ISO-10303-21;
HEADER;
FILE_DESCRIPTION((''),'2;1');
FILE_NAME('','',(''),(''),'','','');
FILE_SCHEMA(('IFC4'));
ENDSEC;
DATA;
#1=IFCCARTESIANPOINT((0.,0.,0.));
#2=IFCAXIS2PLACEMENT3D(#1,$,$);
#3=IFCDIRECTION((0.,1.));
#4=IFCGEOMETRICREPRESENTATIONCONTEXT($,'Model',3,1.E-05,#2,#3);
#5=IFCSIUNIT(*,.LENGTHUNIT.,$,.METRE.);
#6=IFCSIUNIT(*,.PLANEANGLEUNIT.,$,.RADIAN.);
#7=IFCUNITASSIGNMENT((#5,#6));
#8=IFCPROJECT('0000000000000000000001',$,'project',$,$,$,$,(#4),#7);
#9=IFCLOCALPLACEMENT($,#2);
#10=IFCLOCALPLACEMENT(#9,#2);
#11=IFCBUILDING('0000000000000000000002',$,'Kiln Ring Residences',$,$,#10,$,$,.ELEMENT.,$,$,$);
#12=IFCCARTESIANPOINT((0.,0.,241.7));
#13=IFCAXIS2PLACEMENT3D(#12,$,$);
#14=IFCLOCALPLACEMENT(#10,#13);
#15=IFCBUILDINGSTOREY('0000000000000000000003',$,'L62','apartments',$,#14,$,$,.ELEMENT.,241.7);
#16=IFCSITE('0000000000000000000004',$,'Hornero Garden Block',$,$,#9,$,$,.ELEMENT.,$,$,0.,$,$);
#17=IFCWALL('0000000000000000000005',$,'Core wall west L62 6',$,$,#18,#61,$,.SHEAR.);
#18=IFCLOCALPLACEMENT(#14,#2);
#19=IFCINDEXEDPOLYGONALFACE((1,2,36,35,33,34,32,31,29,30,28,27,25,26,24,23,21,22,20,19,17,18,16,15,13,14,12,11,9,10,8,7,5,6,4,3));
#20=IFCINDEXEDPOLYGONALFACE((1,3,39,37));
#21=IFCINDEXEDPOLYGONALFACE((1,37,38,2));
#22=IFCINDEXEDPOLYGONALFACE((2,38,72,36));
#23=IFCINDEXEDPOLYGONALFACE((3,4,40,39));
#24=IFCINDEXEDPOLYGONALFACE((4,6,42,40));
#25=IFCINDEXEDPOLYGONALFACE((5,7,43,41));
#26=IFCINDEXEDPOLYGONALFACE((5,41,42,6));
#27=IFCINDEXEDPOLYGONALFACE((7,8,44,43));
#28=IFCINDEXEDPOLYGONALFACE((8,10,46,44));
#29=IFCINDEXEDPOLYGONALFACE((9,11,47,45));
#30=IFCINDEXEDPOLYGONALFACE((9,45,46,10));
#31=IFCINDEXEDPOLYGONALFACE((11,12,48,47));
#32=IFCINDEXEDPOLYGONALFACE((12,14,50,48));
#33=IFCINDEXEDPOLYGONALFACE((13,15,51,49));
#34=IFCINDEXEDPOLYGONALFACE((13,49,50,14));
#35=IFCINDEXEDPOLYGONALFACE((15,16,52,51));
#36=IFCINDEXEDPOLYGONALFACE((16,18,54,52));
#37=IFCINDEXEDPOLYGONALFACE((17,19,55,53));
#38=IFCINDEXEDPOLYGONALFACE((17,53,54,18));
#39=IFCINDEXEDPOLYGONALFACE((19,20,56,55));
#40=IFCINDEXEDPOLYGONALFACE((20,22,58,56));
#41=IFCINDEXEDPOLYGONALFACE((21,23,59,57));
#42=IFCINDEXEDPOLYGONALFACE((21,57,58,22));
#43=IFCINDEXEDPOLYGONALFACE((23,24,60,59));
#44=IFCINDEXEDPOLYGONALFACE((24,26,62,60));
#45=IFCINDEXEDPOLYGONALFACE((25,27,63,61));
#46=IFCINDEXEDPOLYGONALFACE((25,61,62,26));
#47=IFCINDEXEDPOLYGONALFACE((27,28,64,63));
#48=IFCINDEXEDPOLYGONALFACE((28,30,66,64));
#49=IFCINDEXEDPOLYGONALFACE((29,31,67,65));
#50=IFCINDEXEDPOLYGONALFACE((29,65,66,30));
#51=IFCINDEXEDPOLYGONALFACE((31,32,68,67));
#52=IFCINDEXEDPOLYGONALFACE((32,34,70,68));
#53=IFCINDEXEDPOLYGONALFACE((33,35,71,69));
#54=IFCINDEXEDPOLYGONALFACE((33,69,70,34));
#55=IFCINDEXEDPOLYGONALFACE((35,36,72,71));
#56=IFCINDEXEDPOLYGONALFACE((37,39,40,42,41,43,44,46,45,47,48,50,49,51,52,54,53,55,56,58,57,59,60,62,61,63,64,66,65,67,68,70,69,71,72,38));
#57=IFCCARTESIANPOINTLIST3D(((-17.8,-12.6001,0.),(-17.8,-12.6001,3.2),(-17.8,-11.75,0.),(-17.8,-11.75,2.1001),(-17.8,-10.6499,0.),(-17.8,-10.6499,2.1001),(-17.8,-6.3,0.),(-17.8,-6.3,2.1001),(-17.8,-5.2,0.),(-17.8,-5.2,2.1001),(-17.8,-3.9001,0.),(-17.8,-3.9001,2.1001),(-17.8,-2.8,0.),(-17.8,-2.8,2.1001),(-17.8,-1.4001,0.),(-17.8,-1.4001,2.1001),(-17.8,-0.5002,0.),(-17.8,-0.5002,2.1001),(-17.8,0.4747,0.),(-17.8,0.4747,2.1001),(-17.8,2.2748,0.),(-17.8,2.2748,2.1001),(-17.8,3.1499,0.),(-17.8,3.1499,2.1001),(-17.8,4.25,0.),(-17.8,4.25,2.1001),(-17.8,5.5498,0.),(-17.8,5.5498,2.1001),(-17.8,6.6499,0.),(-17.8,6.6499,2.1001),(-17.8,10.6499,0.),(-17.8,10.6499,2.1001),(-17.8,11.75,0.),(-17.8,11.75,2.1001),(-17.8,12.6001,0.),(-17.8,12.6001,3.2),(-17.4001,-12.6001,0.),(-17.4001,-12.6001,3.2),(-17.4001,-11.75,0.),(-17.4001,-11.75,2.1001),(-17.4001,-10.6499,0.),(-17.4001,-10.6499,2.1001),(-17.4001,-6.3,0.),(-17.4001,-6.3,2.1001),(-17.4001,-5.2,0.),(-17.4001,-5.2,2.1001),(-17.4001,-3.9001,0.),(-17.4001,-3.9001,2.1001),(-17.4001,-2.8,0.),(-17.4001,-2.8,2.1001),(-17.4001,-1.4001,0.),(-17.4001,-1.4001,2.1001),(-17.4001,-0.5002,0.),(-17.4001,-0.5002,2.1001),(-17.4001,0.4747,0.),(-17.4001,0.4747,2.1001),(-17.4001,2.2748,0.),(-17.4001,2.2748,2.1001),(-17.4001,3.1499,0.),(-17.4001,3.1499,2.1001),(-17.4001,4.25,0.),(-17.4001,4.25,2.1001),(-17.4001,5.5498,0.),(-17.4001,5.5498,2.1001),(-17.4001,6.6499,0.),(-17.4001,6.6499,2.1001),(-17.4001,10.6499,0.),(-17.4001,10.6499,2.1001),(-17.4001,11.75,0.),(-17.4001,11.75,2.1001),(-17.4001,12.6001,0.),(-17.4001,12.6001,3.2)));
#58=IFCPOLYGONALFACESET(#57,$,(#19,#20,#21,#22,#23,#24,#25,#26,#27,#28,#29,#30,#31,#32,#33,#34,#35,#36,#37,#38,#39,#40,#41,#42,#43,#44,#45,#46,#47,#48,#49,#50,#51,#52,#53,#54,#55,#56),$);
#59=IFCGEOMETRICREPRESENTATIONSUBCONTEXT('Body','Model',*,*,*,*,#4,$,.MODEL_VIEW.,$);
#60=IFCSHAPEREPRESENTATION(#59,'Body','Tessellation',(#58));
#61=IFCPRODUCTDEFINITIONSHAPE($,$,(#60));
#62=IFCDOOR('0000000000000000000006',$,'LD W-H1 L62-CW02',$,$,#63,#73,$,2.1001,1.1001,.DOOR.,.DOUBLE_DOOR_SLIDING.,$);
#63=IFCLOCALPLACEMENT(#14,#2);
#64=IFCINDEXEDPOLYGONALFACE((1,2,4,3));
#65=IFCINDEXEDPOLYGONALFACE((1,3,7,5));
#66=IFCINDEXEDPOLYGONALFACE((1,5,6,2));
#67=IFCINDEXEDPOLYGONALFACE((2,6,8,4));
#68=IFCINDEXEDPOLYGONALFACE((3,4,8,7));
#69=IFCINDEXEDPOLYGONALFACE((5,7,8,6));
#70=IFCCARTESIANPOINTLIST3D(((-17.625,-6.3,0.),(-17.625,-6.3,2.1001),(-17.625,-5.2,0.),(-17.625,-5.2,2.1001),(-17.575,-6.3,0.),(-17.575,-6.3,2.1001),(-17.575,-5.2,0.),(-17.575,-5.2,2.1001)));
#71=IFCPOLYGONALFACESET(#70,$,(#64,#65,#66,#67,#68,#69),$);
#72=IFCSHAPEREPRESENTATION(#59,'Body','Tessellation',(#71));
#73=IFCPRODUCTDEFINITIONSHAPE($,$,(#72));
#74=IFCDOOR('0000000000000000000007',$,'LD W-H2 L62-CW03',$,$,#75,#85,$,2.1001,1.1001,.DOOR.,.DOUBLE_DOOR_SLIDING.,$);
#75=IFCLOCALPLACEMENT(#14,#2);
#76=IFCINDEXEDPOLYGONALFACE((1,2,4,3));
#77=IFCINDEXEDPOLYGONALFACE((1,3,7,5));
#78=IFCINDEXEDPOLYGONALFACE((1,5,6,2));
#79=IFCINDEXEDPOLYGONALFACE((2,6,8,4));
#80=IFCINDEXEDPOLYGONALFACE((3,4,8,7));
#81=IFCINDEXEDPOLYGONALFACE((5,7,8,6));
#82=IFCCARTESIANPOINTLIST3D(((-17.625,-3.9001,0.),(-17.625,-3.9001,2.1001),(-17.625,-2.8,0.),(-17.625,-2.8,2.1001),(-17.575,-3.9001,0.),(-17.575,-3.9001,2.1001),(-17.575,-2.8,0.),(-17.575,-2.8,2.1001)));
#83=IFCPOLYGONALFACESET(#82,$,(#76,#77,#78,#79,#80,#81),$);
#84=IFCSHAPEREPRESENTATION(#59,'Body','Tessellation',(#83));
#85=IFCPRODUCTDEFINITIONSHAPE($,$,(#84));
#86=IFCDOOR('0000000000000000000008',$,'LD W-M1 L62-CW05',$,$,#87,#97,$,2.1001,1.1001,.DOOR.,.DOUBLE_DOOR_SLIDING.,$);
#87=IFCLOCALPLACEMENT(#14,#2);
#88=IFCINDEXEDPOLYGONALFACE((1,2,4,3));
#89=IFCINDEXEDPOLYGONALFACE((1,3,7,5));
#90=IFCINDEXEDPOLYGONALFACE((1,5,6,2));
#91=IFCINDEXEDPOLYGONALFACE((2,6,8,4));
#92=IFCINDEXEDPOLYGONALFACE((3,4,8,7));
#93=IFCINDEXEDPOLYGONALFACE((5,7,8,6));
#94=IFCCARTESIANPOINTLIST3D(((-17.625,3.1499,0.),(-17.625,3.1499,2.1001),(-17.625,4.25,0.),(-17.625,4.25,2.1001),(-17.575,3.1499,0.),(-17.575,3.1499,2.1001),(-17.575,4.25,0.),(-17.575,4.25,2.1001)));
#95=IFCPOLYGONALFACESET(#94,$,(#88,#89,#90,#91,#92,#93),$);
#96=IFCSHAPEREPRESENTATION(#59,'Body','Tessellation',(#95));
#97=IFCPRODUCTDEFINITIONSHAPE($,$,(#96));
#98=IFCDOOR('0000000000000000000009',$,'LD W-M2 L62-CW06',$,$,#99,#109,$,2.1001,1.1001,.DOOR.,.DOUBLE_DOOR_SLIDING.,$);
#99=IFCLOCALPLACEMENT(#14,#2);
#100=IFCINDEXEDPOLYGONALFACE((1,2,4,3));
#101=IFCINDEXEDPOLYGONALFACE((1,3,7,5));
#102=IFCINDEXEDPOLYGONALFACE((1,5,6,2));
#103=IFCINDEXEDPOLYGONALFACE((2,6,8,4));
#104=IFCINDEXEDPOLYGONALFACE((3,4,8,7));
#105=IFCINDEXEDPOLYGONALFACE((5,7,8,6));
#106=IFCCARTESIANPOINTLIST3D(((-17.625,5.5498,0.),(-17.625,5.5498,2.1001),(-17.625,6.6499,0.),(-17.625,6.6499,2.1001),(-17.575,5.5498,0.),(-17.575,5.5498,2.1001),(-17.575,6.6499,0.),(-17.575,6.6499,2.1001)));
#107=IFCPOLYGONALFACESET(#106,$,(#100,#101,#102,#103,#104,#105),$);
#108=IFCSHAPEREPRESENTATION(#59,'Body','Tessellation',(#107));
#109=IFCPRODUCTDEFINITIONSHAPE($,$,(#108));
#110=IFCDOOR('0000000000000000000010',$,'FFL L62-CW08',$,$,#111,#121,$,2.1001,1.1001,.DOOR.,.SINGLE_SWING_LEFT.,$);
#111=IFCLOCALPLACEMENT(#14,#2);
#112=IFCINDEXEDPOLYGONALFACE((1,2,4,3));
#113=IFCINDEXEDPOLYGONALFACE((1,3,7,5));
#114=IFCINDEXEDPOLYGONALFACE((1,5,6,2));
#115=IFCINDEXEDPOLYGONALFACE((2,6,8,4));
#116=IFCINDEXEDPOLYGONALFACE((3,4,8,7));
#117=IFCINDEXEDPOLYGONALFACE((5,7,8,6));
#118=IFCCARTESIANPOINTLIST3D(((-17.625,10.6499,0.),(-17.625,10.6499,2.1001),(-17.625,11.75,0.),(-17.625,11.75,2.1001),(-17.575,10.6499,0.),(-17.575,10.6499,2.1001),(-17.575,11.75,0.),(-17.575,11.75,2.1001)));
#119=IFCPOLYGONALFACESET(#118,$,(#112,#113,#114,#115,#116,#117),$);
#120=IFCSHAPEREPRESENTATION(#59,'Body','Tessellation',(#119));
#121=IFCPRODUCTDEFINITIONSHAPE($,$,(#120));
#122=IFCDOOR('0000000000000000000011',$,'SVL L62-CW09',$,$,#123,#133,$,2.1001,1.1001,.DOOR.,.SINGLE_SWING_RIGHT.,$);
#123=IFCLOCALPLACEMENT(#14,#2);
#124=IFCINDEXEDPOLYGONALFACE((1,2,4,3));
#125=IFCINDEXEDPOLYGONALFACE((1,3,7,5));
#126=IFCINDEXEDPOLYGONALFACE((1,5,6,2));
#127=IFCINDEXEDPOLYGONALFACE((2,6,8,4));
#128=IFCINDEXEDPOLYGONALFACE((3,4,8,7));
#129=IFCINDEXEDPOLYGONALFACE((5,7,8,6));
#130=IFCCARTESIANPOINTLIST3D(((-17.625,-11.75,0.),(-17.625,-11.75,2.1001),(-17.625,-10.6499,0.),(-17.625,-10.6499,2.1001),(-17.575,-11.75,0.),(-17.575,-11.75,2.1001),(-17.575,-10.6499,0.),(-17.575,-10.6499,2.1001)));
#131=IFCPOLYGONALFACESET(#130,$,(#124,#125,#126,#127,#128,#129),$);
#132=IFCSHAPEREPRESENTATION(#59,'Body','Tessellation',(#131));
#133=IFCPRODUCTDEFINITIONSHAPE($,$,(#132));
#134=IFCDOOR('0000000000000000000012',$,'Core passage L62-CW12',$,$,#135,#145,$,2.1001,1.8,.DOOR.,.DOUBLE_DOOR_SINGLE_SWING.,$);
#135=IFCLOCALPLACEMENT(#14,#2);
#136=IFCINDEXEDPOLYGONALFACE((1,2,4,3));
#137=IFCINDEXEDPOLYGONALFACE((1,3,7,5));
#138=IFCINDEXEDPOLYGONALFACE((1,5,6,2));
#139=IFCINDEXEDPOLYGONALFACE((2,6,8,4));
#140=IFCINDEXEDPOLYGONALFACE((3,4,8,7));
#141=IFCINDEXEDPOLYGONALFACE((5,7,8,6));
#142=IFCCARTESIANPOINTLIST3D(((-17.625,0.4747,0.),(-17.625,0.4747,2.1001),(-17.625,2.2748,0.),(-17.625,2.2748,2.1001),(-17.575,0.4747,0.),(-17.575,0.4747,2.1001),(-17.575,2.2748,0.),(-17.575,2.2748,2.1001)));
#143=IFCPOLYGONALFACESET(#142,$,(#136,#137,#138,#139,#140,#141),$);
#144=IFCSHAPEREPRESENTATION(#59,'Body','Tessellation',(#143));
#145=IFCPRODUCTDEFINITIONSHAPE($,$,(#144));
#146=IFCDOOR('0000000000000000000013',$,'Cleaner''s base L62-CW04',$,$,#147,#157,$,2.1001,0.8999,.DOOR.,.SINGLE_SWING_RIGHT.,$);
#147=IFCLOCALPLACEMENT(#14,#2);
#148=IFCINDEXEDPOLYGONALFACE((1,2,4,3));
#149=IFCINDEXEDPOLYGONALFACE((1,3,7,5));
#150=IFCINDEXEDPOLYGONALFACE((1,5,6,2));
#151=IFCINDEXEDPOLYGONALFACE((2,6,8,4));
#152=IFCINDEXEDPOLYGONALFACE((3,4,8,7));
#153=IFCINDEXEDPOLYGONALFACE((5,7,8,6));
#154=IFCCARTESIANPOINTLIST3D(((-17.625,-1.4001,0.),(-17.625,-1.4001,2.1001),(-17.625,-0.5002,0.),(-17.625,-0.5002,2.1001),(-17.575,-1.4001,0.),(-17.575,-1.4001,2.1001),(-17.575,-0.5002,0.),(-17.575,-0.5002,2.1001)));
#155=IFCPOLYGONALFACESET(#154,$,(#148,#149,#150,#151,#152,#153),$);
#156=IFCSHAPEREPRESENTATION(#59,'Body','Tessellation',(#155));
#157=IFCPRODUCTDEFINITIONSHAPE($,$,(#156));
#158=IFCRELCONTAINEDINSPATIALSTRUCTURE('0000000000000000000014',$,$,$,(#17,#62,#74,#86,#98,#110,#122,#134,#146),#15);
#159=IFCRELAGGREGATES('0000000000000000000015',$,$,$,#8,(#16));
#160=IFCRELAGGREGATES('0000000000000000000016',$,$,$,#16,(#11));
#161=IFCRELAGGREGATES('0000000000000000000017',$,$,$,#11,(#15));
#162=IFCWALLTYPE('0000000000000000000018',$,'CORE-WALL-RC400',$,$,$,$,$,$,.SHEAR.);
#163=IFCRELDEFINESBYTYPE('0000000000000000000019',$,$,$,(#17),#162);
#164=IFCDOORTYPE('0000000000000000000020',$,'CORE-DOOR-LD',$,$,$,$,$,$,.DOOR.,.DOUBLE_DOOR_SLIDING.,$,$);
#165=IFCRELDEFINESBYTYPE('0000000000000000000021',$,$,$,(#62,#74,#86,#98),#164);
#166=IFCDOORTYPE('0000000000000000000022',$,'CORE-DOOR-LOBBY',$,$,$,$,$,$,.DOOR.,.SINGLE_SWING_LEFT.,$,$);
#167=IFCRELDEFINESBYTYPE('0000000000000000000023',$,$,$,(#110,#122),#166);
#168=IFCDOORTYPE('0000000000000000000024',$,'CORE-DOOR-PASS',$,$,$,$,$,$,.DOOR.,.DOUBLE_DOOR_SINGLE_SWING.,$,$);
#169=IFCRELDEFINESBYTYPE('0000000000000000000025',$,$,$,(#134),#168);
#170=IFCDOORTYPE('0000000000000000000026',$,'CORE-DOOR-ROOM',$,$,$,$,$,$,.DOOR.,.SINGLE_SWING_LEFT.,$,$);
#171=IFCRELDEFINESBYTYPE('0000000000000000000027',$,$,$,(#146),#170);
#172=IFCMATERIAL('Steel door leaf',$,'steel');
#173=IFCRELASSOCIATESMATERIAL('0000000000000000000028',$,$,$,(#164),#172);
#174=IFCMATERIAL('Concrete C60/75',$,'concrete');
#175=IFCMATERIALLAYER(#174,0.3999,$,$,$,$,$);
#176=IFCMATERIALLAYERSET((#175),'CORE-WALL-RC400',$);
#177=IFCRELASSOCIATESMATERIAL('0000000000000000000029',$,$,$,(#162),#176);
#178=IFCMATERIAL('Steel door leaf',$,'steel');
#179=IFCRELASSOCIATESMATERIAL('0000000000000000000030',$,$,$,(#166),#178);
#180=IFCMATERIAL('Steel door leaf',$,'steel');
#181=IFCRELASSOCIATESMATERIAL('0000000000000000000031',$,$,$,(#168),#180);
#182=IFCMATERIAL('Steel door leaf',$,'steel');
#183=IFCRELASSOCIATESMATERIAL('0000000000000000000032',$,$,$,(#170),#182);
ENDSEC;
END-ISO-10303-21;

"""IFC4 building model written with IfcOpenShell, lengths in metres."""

from ifc_helpers import new_model, si_unit, direction, frame, frame_2d, origin, place, context, subcontext, project, spatial, rectangle, extrude, material, layer, layer_set, type_object, element, fill, save


model = new_model("IFC4")

# Units and contexts
model_context = context("Model", 3, precision=1e-05, world=origin(), true_north=direction((0.0, 1.0)))
body_context = subcontext(model_context, "Body", "Model", "MODEL_VIEW")
ifc_project = project(units=[si_unit("LENGTHUNIT", "METRE"), si_unit("PLANEANGLEUNIT", "RADIAN")], contexts=[model_context])

# Site, building, storey
site_placement = place(None, origin())
site = spatial("IfcSite", under=ifc_project, at=site_placement, Name="Hornero Garden Block", CompositionType="ELEMENT", RefElevation=0.0)
building_placement = place(site_placement, origin())
building = spatial("IfcBuilding", under=site, at=building_placement, Name="Kiln Ring Residences", CompositionType="ELEMENT")
storey_placement = place(building_placement, frame((0.0, 0.0, 241.7)))
storey = spatial("IfcBuildingStorey", under=building, at=storey_placement, Name="L62", Description="apartments", CompositionType="ELEMENT", Elevation=241.7)

# Shared definitions
ifc_material_1 = material(Name="Steel door leaf", Category="steel")
door_type_1 = type_object("IfcDoorType", Name="CORE-DOOR-LD", OperationType="DOUBLE_DOOR_SLIDING", PredefinedType="DOOR", material=ifc_material_1)

# Wall, openings, doors
ifc_material_2 = material(Name="Concrete C60/75", Category="concrete")
ifc_layer_1 = layer(ifc_material_2, 0.3999)
ifc_layer_set_1 = layer_set([ifc_layer_1], Name="CORE-WALL-RC400")
wall_type_1 = type_object("IfcWallType", Name="CORE-WALL-RC400", PredefinedType="SHEAR", material=ifc_layer_set_1)
wall_1_placement = place(storey_placement, frame((-17.6001, -12.6001, 0.0), z_axis=(0.0, 0.0, 1.0), x_axis=(0.0, 1.0, 0.0)))
wall_1 = element("IfcWall", 1, at=wall_1_placement, inside=storey, type_object=wall_type_1, Name="Core wall west L62 6", PredefinedType="SHEAR", context=body_context, shape_type="SweptSolid", body=[
    extrude(rectangle(XDim=25.2002, YDim=0.3999, at=frame_2d((12.6001, 0.0))), origin(), (0.0, 0.0, 1.0), 3.2),
])
opening_1_placement = place(wall_1_placement, frame((6.3, 0.0, 0.0)))
opening_1 = element("IfcOpeningElement", 2, at=opening_1_placement, cuts=wall_1, PredefinedType="OPENING", context=body_context, shape_type="SweptSolid", body=[
    extrude(rectangle(XDim=1.1001, YDim=2.1001, at=frame_2d((0.55, 1.05))), frame((0.0, 0.21, 0.0), z_axis=(0.0, -1.0, 0.0), x_axis=(1.0, 0.0, 0.0)), (0.0, 0.0, 1.0), 0.4199),
])
opening_2_placement = place(wall_1_placement, frame((8.7, 0.0, 0.0)))
opening_2 = element("IfcOpeningElement", 3, at=opening_2_placement, cuts=wall_1, PredefinedType="OPENING", context=body_context, shape_type="SweptSolid", body=[
    extrude(rectangle(XDim=1.1001, YDim=2.1001, at=frame_2d((0.55, 1.05))), frame((0.0, 0.21, 0.0), z_axis=(0.0, -1.0, 0.0), x_axis=(1.0, 0.0, 0.0)), (0.0, 0.0, 1.0), 0.4199),
])
opening_3_placement = place(wall_1_placement, frame((11.2, 0.0, 0.0)))
opening_3 = element("IfcOpeningElement", 4, at=opening_3_placement, cuts=wall_1, PredefinedType="OPENING", context=body_context, shape_type="SweptSolid", body=[
    extrude(rectangle(XDim=0.8999, YDim=2.1001, at=frame_2d((0.45, 1.05))), frame((0.0, 0.21, 0.0), z_axis=(0.0, -1.0, 0.0), x_axis=(1.0, 0.0, 0.0)), (0.0, 0.0, 1.0), 0.4199),
])
opening_4_placement = place(wall_1_placement, frame((15.75, 0.0, 0.0)))
opening_4 = element("IfcOpeningElement", 5, at=opening_4_placement, cuts=wall_1, PredefinedType="OPENING", context=body_context, shape_type="SweptSolid", body=[
    extrude(rectangle(XDim=1.1001, YDim=2.1001, at=frame_2d((0.55, 1.05))), frame((0.0, 0.21, 0.0), z_axis=(0.0, -1.0, 0.0), x_axis=(1.0, 0.0, 0.0)), (0.0, 0.0, 1.0), 0.4199),
])
opening_5_placement = place(wall_1_placement, frame((18.1499, 0.0, 0.0)))
opening_5 = element("IfcOpeningElement", 6, at=opening_5_placement, cuts=wall_1, PredefinedType="OPENING", context=body_context, shape_type="SweptSolid", body=[
    extrude(rectangle(XDim=1.1001, YDim=2.1001, at=frame_2d((0.55, 1.05))), frame((0.0, 0.21, 0.0), z_axis=(0.0, -1.0, 0.0), x_axis=(1.0, 0.0, 0.0)), (0.0, 0.0, 1.0), 0.4199),
])
opening_6_placement = place(wall_1_placement, frame((23.25, 0.0, 0.0)))
opening_6 = element("IfcOpeningElement", 7, at=opening_6_placement, cuts=wall_1, PredefinedType="OPENING", context=body_context, shape_type="SweptSolid", body=[
    extrude(rectangle(XDim=1.1001, YDim=2.1001, at=frame_2d((0.55, 1.05))), frame((0.0, 0.21, 0.0), z_axis=(0.0, -1.0, 0.0), x_axis=(1.0, 0.0, 0.0)), (0.0, 0.0, 1.0), 0.4199),
])
opening_7_placement = place(wall_1_placement, frame((0.8501, 0.0, 0.0)))
opening_7 = element("IfcOpeningElement", 8, at=opening_7_placement, cuts=wall_1, PredefinedType="OPENING", context=body_context, shape_type="SweptSolid", body=[
    extrude(rectangle(XDim=1.1001, YDim=2.1001, at=frame_2d((0.55, 1.05))), frame((0.0, 0.21, 0.0), z_axis=(0.0, -1.0, 0.0), x_axis=(1.0, 0.0, 0.0)), (0.0, 0.0, 1.0), 0.4199),
])
opening_8_placement = place(wall_1_placement, frame((13.075, 0.0, 0.0)))
opening_8 = element("IfcOpeningElement", 9, at=opening_8_placement, cuts=wall_1, PredefinedType="OPENING", context=body_context, shape_type="SweptSolid", body=[
    extrude(rectangle(XDim=1.8, YDim=2.1001, at=frame_2d((0.8999, 1.05))), frame((0.0, 0.21, 0.0), z_axis=(0.0, -1.0, 0.0), x_axis=(1.0, 0.0, 0.0)), (0.0, 0.0, 1.0), 0.4199),
])
door_1_placement = place(opening_1_placement, origin())
door_1 = element("IfcDoor", 10, at=door_1_placement, inside=storey, type_object=door_type_1, Name="LD W-H1 L62-CW02", OperationType="DOUBLE_DOOR_SLIDING", OverallHeight=2.1001, OverallWidth=1.1001, PredefinedType="DOOR", context=body_context, shape_type="SweptSolid", body=[
    extrude(rectangle(XDim=1.1001, YDim=2.1001, at=frame_2d((0.55, 1.05))), frame((0.0, 0.0249, 0.0), z_axis=(0.0, -1.0, 0.0), x_axis=(1.0, 0.0, 0.0)), (0.0, 0.0, 1.0), 0.05),
])
fill(opening_1, door_1)
door_2_placement = place(opening_2_placement, origin())
door_2 = element("IfcDoor", 11, at=door_2_placement, inside=storey, type_object=door_type_1, Name="LD W-H2 L62-CW03", OperationType="DOUBLE_DOOR_SLIDING", OverallHeight=2.1001, OverallWidth=1.1001, PredefinedType="DOOR", context=body_context, shape_type="SweptSolid", body=[
    extrude(rectangle(XDim=1.1001, YDim=2.1001, at=frame_2d((0.55, 1.05))), frame((0.0, 0.0249, 0.0), z_axis=(0.0, -1.0, 0.0), x_axis=(1.0, 0.0, 0.0)), (0.0, 0.0, 1.0), 0.05),
])
fill(opening_2, door_2)
door_3_placement = place(opening_4_placement, origin())
door_3 = element("IfcDoor", 12, at=door_3_placement, inside=storey, type_object=door_type_1, Name="LD W-M1 L62-CW05", OperationType="DOUBLE_DOOR_SLIDING", OverallHeight=2.1001, OverallWidth=1.1001, PredefinedType="DOOR", context=body_context, shape_type="SweptSolid", body=[
    extrude(rectangle(XDim=1.1001, YDim=2.1001, at=frame_2d((0.55, 1.05))), frame((0.0, 0.0249, 0.0), z_axis=(0.0, -1.0, 0.0), x_axis=(1.0, 0.0, 0.0)), (0.0, 0.0, 1.0), 0.05),
])
fill(opening_4, door_3)
door_4_placement = place(opening_5_placement, origin())
door_4 = element("IfcDoor", 13, at=door_4_placement, inside=storey, type_object=door_type_1, Name="LD W-M2 L62-CW06", OperationType="DOUBLE_DOOR_SLIDING", OverallHeight=2.1001, OverallWidth=1.1001, PredefinedType="DOOR", context=body_context, shape_type="SweptSolid", body=[
    extrude(rectangle(XDim=1.1001, YDim=2.1001, at=frame_2d((0.55, 1.05))), frame((0.0, 0.0249, 0.0), z_axis=(0.0, -1.0, 0.0), x_axis=(1.0, 0.0, 0.0)), (0.0, 0.0, 1.0), 0.05),
])
fill(opening_5, door_4)
ifc_material_3 = material(Name="Steel door leaf", Category="steel")
door_type_2 = type_object("IfcDoorType", Name="CORE-DOOR-LOBBY", OperationType="SINGLE_SWING_LEFT", PredefinedType="DOOR", material=ifc_material_3)
door_5_placement = place(opening_6_placement, origin())
door_5 = element("IfcDoor", 14, at=door_5_placement, inside=storey, type_object=door_type_2, Name="FFL L62-CW08", OperationType="SINGLE_SWING_LEFT", OverallHeight=2.1001, OverallWidth=1.1001, PredefinedType="DOOR", context=body_context, shape_type="SweptSolid", body=[
    extrude(rectangle(XDim=1.1001, YDim=2.1001, at=frame_2d((0.55, 1.05))), frame((0.0, 0.0249, 0.0), z_axis=(0.0, -1.0, 0.0), x_axis=(1.0, 0.0, 0.0)), (0.0, 0.0, 1.0), 0.05),
])
fill(opening_6, door_5)
door_6_placement = place(opening_7_placement, origin())
door_6 = element("IfcDoor", 15, at=door_6_placement, inside=storey, type_object=door_type_2, Name="SVL L62-CW09", OperationType="SINGLE_SWING_RIGHT", OverallHeight=2.1001, OverallWidth=1.1001, PredefinedType="DOOR", context=body_context, shape_type="SweptSolid", body=[
    extrude(rectangle(XDim=1.1001, YDim=2.1001, at=frame_2d((0.55, 1.05))), frame((0.0, 0.0249, 0.0), z_axis=(0.0, -1.0, 0.0), x_axis=(1.0, 0.0, 0.0)), (0.0, 0.0, 1.0), 0.05),
])
fill(opening_7, door_6)
ifc_material_4 = material(Name="Steel door leaf", Category="steel")
door_type_3 = type_object("IfcDoorType", Name="CORE-DOOR-PASS", OperationType="DOUBLE_DOOR_SINGLE_SWING", PredefinedType="DOOR", material=ifc_material_4)
door_7_placement = place(opening_8_placement, origin())
door_7 = element("IfcDoor", 16, at=door_7_placement, inside=storey, type_object=door_type_3, Name="Core passage L62-CW12", OperationType="DOUBLE_DOOR_SINGLE_SWING", OverallHeight=2.1001, OverallWidth=1.8, PredefinedType="DOOR", context=body_context, shape_type="SweptSolid", body=[
    extrude(rectangle(XDim=1.8, YDim=2.1001, at=frame_2d((0.8999, 1.05))), frame((0.0, 0.0249, 0.0), z_axis=(0.0, -1.0, 0.0), x_axis=(1.0, 0.0, 0.0)), (0.0, 0.0, 1.0), 0.05),
])
fill(opening_8, door_7)
ifc_material_5 = material(Name="Steel door leaf", Category="steel")
door_type_4 = type_object("IfcDoorType", Name="CORE-DOOR-ROOM", OperationType="SINGLE_SWING_LEFT", PredefinedType="DOOR", material=ifc_material_5)
door_8_placement = place(opening_3_placement, origin())
door_8 = element("IfcDoor", 17, at=door_8_placement, inside=storey, type_object=door_type_4, Name="Cleaner's base L62-CW04", OperationType="SINGLE_SWING_RIGHT", OverallHeight=2.1001, OverallWidth=0.8999, PredefinedType="DOOR", context=body_context, shape_type="SweptSolid", body=[
    extrude(rectangle(XDim=0.8999, YDim=2.1001, at=frame_2d((0.45, 1.05))), frame((0.0, 0.0249, 0.0), z_axis=(0.0, -1.0, 0.0), x_axis=(1.0, 0.0, 0.0)), (0.0, 0.0, 1.0), 0.05),
])
fill(opening_3, door_8)

save(model, "model.ifc")
